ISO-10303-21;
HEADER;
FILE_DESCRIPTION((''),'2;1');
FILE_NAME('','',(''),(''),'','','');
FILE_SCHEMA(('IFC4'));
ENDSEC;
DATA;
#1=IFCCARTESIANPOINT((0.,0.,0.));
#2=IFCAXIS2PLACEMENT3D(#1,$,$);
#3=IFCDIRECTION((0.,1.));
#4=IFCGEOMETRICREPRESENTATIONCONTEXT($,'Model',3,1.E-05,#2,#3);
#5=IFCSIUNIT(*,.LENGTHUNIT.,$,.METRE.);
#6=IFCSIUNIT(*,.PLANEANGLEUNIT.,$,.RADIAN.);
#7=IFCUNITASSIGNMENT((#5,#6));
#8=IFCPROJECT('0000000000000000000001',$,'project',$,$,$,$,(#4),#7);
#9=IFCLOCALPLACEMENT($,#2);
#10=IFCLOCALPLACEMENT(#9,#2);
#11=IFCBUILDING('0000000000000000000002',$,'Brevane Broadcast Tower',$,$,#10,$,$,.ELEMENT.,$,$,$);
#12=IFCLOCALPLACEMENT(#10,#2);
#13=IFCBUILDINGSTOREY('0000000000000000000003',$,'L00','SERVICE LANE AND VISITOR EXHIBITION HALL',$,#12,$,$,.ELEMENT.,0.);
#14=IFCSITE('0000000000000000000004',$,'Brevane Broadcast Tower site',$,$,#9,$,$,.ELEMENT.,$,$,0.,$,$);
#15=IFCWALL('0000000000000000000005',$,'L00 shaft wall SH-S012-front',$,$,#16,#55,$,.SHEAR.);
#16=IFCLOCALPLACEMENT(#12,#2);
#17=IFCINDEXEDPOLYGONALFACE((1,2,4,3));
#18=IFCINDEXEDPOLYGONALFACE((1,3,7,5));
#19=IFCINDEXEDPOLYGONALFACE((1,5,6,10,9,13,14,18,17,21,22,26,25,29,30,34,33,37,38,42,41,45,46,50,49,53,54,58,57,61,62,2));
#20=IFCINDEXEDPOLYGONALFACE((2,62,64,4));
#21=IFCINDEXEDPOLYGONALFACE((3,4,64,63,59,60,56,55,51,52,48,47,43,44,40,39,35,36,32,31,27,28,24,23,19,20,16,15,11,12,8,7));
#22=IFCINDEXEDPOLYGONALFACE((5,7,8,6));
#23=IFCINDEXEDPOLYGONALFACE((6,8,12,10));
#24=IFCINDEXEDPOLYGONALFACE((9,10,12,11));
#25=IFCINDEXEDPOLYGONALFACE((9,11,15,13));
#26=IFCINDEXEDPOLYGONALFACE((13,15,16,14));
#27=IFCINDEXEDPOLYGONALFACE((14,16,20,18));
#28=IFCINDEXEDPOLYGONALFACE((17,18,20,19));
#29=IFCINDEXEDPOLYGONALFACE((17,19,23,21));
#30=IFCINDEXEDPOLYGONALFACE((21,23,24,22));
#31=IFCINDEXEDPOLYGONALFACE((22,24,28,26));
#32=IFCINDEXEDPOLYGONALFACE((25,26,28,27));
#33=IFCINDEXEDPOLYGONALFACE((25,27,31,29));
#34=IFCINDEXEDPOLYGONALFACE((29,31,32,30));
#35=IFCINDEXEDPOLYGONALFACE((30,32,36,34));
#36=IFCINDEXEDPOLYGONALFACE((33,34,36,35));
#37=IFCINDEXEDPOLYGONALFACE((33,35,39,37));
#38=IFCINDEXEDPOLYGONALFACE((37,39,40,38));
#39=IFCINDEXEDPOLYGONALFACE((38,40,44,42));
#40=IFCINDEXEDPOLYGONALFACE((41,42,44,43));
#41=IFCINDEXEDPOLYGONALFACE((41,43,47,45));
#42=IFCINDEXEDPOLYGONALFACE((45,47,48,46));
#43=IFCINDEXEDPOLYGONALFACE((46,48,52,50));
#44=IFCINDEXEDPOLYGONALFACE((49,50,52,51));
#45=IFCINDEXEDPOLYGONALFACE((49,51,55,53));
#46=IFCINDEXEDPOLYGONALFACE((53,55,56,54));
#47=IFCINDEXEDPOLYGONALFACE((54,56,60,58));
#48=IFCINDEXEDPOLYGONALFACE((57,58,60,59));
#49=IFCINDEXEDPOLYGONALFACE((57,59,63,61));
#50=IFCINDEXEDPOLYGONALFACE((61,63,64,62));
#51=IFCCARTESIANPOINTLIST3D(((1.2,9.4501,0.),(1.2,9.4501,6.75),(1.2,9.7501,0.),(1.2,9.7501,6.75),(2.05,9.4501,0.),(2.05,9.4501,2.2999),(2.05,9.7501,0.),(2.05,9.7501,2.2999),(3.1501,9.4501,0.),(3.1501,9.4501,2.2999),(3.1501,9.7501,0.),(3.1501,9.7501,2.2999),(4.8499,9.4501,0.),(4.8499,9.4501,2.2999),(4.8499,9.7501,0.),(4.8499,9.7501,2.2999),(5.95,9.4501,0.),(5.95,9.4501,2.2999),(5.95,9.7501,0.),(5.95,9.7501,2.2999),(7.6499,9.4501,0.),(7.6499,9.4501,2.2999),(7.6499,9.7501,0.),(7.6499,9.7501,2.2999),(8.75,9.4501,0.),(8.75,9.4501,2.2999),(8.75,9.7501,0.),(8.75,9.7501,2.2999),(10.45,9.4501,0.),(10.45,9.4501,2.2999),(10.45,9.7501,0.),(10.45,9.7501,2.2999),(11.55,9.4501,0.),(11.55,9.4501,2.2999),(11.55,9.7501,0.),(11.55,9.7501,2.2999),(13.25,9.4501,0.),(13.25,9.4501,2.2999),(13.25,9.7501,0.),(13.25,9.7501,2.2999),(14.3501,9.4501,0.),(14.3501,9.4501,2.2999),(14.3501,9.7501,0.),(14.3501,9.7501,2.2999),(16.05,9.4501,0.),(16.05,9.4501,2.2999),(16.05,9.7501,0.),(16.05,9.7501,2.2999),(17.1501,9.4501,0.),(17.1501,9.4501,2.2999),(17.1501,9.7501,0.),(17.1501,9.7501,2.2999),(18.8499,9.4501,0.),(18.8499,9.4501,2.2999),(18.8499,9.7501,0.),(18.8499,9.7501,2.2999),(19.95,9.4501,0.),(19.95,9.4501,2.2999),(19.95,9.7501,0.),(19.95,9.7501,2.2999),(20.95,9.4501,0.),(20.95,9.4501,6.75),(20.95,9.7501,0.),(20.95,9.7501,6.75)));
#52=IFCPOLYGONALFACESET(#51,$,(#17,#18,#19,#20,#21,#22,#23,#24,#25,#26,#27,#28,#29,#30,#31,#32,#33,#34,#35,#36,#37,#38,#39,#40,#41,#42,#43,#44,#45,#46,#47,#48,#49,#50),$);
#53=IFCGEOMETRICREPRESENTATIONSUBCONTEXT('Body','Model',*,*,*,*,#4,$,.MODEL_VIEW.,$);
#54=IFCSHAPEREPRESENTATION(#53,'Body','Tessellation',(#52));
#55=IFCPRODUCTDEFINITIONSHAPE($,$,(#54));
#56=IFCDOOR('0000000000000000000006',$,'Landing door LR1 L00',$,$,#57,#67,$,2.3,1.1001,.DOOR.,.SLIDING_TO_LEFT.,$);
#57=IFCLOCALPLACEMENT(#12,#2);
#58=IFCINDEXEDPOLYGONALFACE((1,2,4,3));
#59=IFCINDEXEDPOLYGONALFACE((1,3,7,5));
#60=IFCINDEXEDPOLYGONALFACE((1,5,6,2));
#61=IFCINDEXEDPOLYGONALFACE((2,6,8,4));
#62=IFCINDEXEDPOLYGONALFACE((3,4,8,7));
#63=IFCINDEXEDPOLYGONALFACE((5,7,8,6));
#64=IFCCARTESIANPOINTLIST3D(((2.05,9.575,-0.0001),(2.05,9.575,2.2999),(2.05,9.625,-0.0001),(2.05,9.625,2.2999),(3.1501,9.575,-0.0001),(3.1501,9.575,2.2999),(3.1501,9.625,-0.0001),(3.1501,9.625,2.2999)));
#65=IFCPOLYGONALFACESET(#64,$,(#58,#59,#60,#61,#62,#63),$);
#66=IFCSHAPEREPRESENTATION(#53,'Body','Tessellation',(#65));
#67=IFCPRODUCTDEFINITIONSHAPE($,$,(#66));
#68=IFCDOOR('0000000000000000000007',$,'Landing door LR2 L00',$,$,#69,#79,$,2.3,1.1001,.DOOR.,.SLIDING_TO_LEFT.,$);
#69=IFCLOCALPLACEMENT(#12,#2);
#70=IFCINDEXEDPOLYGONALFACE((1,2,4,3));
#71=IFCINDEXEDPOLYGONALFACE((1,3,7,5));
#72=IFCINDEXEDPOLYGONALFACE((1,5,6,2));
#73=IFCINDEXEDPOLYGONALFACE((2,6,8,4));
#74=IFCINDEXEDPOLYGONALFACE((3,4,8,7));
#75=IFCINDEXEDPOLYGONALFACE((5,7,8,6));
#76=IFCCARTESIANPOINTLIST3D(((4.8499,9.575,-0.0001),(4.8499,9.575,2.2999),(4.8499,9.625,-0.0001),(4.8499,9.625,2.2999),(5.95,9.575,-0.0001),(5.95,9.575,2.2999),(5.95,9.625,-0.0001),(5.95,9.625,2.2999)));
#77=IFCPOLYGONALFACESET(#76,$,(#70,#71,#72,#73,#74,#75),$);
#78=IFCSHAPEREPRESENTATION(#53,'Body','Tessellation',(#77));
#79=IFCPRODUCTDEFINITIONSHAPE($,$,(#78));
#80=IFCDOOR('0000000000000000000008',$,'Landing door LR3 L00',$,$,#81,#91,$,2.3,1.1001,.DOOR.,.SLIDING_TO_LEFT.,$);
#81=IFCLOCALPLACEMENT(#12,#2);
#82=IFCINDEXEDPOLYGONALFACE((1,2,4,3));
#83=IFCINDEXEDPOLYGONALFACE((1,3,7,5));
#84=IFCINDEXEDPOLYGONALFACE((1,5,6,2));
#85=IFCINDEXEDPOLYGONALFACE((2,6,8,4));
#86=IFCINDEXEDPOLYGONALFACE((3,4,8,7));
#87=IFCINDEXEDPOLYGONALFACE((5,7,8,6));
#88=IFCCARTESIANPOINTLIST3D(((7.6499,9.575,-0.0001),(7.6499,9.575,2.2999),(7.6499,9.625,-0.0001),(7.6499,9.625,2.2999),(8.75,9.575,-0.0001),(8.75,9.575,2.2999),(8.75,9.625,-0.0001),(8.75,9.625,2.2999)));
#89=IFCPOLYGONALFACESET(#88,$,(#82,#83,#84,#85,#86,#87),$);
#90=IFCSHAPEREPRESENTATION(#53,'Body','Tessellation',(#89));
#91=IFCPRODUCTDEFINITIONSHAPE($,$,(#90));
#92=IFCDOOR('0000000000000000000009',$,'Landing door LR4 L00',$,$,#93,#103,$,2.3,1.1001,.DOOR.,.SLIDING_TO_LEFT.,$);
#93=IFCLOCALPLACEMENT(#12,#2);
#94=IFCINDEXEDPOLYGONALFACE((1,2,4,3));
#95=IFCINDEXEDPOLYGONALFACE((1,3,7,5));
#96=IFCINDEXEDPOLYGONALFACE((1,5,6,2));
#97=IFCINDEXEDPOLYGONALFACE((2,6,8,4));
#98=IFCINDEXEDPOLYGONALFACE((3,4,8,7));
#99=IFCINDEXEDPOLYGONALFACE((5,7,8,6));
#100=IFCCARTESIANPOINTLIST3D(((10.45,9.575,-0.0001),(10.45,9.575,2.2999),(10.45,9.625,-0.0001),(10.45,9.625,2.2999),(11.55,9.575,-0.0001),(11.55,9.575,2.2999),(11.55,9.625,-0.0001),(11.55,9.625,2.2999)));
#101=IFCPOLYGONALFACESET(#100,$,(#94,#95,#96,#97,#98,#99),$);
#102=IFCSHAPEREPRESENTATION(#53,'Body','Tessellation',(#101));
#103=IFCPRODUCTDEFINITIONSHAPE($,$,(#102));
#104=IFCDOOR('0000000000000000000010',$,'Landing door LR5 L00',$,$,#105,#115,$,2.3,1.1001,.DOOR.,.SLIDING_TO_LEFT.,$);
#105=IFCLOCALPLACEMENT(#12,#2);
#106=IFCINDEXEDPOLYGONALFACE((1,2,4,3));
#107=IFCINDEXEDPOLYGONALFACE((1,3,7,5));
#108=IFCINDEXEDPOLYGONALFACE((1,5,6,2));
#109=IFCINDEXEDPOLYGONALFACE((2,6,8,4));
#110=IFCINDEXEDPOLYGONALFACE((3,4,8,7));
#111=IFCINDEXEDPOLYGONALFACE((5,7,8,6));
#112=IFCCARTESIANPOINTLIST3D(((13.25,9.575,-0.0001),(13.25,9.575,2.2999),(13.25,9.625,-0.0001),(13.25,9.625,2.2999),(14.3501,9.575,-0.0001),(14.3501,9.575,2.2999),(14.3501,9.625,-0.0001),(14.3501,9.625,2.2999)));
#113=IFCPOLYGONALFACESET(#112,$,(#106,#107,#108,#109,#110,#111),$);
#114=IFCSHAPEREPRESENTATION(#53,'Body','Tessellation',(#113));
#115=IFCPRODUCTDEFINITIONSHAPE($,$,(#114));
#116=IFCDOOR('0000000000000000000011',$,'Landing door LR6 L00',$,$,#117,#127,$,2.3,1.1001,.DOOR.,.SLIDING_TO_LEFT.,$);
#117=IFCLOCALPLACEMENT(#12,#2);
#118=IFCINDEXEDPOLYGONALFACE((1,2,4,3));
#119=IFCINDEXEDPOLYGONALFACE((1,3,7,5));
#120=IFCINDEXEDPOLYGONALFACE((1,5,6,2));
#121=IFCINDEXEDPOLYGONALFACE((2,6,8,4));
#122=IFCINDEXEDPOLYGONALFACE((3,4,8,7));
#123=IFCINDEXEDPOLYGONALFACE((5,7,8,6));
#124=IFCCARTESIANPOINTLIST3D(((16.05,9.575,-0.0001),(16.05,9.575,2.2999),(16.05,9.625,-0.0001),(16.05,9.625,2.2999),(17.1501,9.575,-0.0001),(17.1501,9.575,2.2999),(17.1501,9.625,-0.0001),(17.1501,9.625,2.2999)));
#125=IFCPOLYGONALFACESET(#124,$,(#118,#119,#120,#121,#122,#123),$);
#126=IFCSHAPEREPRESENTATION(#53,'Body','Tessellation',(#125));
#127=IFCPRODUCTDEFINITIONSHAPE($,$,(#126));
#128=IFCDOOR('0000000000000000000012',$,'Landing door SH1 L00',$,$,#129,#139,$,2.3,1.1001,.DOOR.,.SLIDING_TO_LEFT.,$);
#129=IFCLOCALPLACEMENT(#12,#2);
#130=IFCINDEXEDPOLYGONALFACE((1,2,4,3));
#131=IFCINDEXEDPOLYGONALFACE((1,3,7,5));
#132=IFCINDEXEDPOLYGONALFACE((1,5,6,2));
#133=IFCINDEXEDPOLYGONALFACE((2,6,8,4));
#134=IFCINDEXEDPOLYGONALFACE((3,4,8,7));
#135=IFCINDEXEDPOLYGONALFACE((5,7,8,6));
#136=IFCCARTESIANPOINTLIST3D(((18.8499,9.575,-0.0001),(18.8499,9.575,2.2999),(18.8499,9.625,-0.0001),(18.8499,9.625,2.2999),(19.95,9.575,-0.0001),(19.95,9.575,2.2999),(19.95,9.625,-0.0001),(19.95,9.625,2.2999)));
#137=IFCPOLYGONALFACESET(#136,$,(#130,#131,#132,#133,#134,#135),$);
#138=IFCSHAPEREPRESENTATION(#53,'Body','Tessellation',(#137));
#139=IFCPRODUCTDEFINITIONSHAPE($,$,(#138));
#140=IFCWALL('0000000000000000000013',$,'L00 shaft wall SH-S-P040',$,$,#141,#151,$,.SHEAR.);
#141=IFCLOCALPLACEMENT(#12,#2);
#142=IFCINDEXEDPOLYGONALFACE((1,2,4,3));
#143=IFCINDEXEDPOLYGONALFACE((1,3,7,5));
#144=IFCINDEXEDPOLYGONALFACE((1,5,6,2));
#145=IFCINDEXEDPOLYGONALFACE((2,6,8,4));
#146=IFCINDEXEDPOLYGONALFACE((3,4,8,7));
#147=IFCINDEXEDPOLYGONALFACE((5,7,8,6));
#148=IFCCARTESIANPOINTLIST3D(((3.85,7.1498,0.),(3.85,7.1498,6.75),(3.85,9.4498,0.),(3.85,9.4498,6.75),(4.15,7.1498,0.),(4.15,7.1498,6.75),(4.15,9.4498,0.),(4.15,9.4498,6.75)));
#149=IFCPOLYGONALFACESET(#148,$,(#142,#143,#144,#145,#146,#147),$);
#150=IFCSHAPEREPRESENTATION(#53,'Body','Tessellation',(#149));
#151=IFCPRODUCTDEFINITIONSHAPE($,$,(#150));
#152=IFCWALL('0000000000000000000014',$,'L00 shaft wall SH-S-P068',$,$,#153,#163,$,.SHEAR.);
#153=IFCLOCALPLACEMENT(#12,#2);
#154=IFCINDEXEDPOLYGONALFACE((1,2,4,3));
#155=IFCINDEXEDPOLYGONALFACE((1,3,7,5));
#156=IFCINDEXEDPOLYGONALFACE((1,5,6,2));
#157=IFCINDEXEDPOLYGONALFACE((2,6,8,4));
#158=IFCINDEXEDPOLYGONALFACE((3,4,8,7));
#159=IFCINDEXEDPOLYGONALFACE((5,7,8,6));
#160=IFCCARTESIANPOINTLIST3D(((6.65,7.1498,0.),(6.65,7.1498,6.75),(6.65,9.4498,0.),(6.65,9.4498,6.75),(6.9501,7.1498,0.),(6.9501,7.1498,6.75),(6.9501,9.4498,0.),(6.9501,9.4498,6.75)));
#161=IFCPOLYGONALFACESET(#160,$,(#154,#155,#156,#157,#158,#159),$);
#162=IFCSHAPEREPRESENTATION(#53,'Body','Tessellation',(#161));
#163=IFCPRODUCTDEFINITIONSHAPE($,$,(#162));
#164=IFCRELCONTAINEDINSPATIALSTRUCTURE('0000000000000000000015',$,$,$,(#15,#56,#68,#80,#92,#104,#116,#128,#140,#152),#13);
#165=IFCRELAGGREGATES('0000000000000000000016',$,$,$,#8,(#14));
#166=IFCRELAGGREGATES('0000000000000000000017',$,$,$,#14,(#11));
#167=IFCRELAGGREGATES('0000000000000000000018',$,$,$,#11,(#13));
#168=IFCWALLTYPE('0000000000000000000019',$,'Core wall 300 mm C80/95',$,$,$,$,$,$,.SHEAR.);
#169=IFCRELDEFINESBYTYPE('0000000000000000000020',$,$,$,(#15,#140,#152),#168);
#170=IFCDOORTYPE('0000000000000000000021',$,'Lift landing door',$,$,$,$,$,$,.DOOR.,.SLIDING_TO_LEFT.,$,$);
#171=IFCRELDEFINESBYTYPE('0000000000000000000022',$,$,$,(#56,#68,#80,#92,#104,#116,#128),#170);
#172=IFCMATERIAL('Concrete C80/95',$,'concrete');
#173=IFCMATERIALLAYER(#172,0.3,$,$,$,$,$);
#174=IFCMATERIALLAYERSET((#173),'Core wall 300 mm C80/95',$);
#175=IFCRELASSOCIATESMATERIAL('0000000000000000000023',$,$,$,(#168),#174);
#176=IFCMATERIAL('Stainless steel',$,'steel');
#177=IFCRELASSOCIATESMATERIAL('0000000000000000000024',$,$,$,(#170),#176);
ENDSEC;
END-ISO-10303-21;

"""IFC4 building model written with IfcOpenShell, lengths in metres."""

from ifc_helpers import new_model, si_unit, direction, frame, frame_2d, origin, place, context, subcontext, project, spatial, rectangle, extrude, material, layer, layer_set, type_object, element, fill, save


model = new_model("IFC4")

# Units and contexts
model_context = context("Model", 3, precision=1e-05, world=origin(), true_north=direction((0.0, 1.0)))
body_context = subcontext(model_context, "Body", "Model", "MODEL_VIEW")
ifc_project = project(units=[si_unit("LENGTHUNIT", "METRE"), si_unit("PLANEANGLEUNIT", "RADIAN")], contexts=[model_context])

# Site, building, storey
site_placement = place(None, origin())
site = spatial("IfcSite", under=ifc_project, at=site_placement, Name="Brevane Broadcast Tower site", CompositionType="ELEMENT", RefElevation=0.0)
building_placement = place(site_placement, origin())
building = spatial("IfcBuilding", under=site, at=building_placement, Name="Brevane Broadcast Tower", CompositionType="ELEMENT")
storey_placement = place(building_placement, origin())
storey = spatial("IfcBuildingStorey", under=building, at=storey_placement, Name="L00", Description="SERVICE LANE AND VISITOR EXHIBITION HALL", CompositionType="ELEMENT", Elevation=0.0)

# Wall, openings, doors
ifc_material_1 = material(Name="Concrete C80/95", Category="concrete")
ifc_layer_1 = layer(ifc_material_1, 0.3)
ifc_layer_set_1 = layer_set([ifc_layer_1], Name="Core wall 300 mm C80/95")
wall_type_1 = type_object("IfcWallType", Name="Core wall 300 mm C80/95", PredefinedType="SHEAR", material=ifc_layer_set_1)
wall_1_placement = place(storey_placement, frame((1.2, 9.6001, 0.0), z_axis=(0.0, 0.0, 1.0), x_axis=(1.0, 0.0, 0.0)))
wall_1 = element("IfcWall", 1, at=wall_1_placement, inside=storey, type_object=wall_type_1, Name="L00 shaft wall SH-S012-front", PredefinedType="SHEAR", context=body_context, shape_type="SweptSolid", body=[
    extrude(rectangle(XDim=19.75, YDim=0.3, at=frame_2d((9.875, 0.0))), origin(), (0.0, 0.0, 1.0), 6.75),
])
opening_1_placement = place(wall_1_placement, frame((0.8501, 0.0, 0.0)))
opening_1 = element("IfcOpeningElement", 2, at=opening_1_placement, cuts=wall_1, PredefinedType="OPENING", context=body_context, shape_type="SweptSolid", body=[
    extrude(rectangle(XDim=1.1001, YDim=2.3, at=frame_2d((0.55, 1.1499))), frame((0.0, 0.1599, 0.0), z_axis=(0.0, -1.0, 0.0), x_axis=(1.0, 0.0, 0.0)), (0.0, 0.0, 1.0), 0.3201),
])
opening_2_placement = place(wall_1_placement, frame((3.6499, 0.0, 0.0)))
opening_2 = element("IfcOpeningElement", 3, at=opening_2_placement, cuts=wall_1, PredefinedType="OPENING", context=body_context, shape_type="SweptSolid", body=[
    extrude(rectangle(XDim=1.1001, YDim=2.3, at=frame_2d((0.55, 1.1499))), frame((0.0, 0.1599, 0.0), z_axis=(0.0, -1.0, 0.0), x_axis=(1.0, 0.0, 0.0)), (0.0, 0.0, 1.0), 0.3201),
])
opening_3_placement = place(wall_1_placement, frame((6.45, 0.0, 0.0)))
opening_3 = element("IfcOpeningElement", 4, at=opening_3_placement, cuts=wall_1, PredefinedType="OPENING", context=body_context, shape_type="SweptSolid", body=[
    extrude(rectangle(XDim=1.1001, YDim=2.3, at=frame_2d((0.55, 1.1499))), frame((0.0, 0.1599, 0.0), z_axis=(0.0, -1.0, 0.0), x_axis=(1.0, 0.0, 0.0)), (0.0, 0.0, 1.0), 0.3201),
])
opening_4_placement = place(wall_1_placement, frame((9.25, 0.0, 0.0)))
opening_4 = element("IfcOpeningElement", 5, at=opening_4_placement, cuts=wall_1, PredefinedType="OPENING", context=body_context, shape_type="SweptSolid", body=[
    extrude(rectangle(XDim=1.1001, YDim=2.3, at=frame_2d((0.55, 1.1499))), frame((0.0, 0.1599, 0.0), z_axis=(0.0, -1.0, 0.0), x_axis=(1.0, 0.0, 0.0)), (0.0, 0.0, 1.0), 0.3201),
])
opening_5_placement = place(wall_1_placement, frame((12.05, 0.0, 0.0)))
opening_5 = element("IfcOpeningElement", 6, at=opening_5_placement, cuts=wall_1, PredefinedType="OPENING", context=body_context, shape_type="SweptSolid", body=[
    extrude(rectangle(XDim=1.1001, YDim=2.3, at=frame_2d((0.55, 1.1499))), frame((0.0, 0.1599, 0.0), z_axis=(0.0, -1.0, 0.0), x_axis=(1.0, 0.0, 0.0)), (0.0, 0.0, 1.0), 0.3201),
])
opening_6_placement = place(wall_1_placement, frame((14.8501, 0.0, 0.0)))
opening_6 = element("IfcOpeningElement", 7, at=opening_6_placement, cuts=wall_1, PredefinedType="OPENING", context=body_context, shape_type="SweptSolid", body=[
    extrude(rectangle(XDim=1.1001, YDim=2.3, at=frame_2d((0.55, 1.1499))), frame((0.0, 0.1599, 0.0), z_axis=(0.0, -1.0, 0.0), x_axis=(1.0, 0.0, 0.0)), (0.0, 0.0, 1.0), 0.3201),
])
opening_7_placement = place(wall_1_placement, frame((17.6499, 0.0, 0.0)))
opening_7 = element("IfcOpeningElement", 8, at=opening_7_placement, cuts=wall_1, PredefinedType="OPENING", context=body_context, shape_type="SweptSolid", body=[
    extrude(rectangle(XDim=1.1001, YDim=2.3, at=frame_2d((0.55, 1.1499))), frame((0.0, 0.1599, 0.0), z_axis=(0.0, -1.0, 0.0), x_axis=(1.0, 0.0, 0.0)), (0.0, 0.0, 1.0), 0.3201),
])
ifc_material_2 = material(Name="Stainless steel", Category="steel")
door_type_1 = type_object("IfcDoorType", Name="Lift landing door", OperationType="SLIDING_TO_LEFT", PredefinedType="DOOR", material=ifc_material_2)
door_1_placement = place(opening_1_placement, origin())
door_1 = element("IfcDoor", 9, at=door_1_placement, inside=storey, type_object=door_type_1, Name="Landing door LR1 L00", OperationType="SLIDING_TO_LEFT", OverallHeight=2.3, OverallWidth=1.1001, PredefinedType="DOOR", context=body_context, shape_type="SweptSolid", body=[
    extrude(rectangle(XDim=1.1001, YDim=2.3, at=frame_2d((0.55, 1.1499))), frame((0.0, 0.0249, 0.0), z_axis=(0.0, -1.0, 0.0), x_axis=(1.0, 0.0, 0.0)), (0.0, 0.0, 1.0), 0.05),
])
fill(opening_1, door_1)
door_2_placement = place(opening_2_placement, origin())
door_2 = element("IfcDoor", 10, at=door_2_placement, inside=storey, type_object=door_type_1, Name="Landing door LR2 L00", OperationType="SLIDING_TO_LEFT", OverallHeight=2.3, OverallWidth=1.1001, PredefinedType="DOOR", context=body_context, shape_type="SweptSolid", body=[
    extrude(rectangle(XDim=1.1001, YDim=2.3, at=frame_2d((0.55, 1.1499))), frame((0.0, 0.0249, 0.0), z_axis=(0.0, -1.0, 0.0), x_axis=(1.0, 0.0, 0.0)), (0.0, 0.0, 1.0), 0.05),
])
fill(opening_2, door_2)
door_3_placement = place(opening_3_placement, origin())
door_3 = element("IfcDoor", 11, at=door_3_placement, inside=storey, type_object=door_type_1, Name="Landing door LR3 L00", OperationType="SLIDING_TO_LEFT", OverallHeight=2.3, OverallWidth=1.1001, PredefinedType="DOOR", context=body_context, shape_type="SweptSolid", body=[
    extrude(rectangle(XDim=1.1001, YDim=2.3, at=frame_2d((0.55, 1.1499))), frame((0.0, 0.0249, 0.0), z_axis=(0.0, -1.0, 0.0), x_axis=(1.0, 0.0, 0.0)), (0.0, 0.0, 1.0), 0.05),
])
fill(opening_3, door_3)
door_4_placement = place(opening_4_placement, origin())
door_4 = element("IfcDoor", 12, at=door_4_placement, inside=storey, type_object=door_type_1, Name="Landing door LR4 L00", OperationType="SLIDING_TO_LEFT", OverallHeight=2.3, OverallWidth=1.1001, PredefinedType="DOOR", context=body_context, shape_type="SweptSolid", body=[
    extrude(rectangle(XDim=1.1001, YDim=2.3, at=frame_2d((0.55, 1.1499))), frame((0.0, 0.0249, 0.0), z_axis=(0.0, -1.0, 0.0), x_axis=(1.0, 0.0, 0.0)), (0.0, 0.0, 1.0), 0.05),
])
fill(opening_4, door_4)
door_5_placement = place(opening_5_placement, origin())
door_5 = element("IfcDoor", 13, at=door_5_placement, inside=storey, type_object=door_type_1, Name="Landing door LR5 L00", OperationType="SLIDING_TO_LEFT", OverallHeight=2.3, OverallWidth=1.1001, PredefinedType="DOOR", context=body_context, shape_type="SweptSolid", body=[
    extrude(rectangle(XDim=1.1001, YDim=2.3, at=frame_2d((0.55, 1.1499))), frame((0.0, 0.0249, 0.0), z_axis=(0.0, -1.0, 0.0), x_axis=(1.0, 0.0, 0.0)), (0.0, 0.0, 1.0), 0.05),
])
fill(opening_5, door_5)
door_6_placement = place(opening_6_placement, origin())
door_6 = element("IfcDoor", 14, at=door_6_placement, inside=storey, type_object=door_type_1, Name="Landing door LR6 L00", OperationType="SLIDING_TO_LEFT", OverallHeight=2.3, OverallWidth=1.1001, PredefinedType="DOOR", context=body_context, shape_type="SweptSolid", body=[
    extrude(rectangle(XDim=1.1001, YDim=2.3, at=frame_2d((0.55, 1.1499))), frame((0.0, 0.0249, 0.0), z_axis=(0.0, -1.0, 0.0), x_axis=(1.0, 0.0, 0.0)), (0.0, 0.0, 1.0), 0.05),
])
fill(opening_6, door_6)
door_7_placement = place(opening_7_placement, origin())
door_7 = element("IfcDoor", 15, at=door_7_placement, inside=storey, type_object=door_type_1, Name="Landing door SH1 L00", OperationType="SLIDING_TO_LEFT", OverallHeight=2.3, OverallWidth=1.1001, PredefinedType="DOOR", context=body_context, shape_type="SweptSolid", body=[
    extrude(rectangle(XDim=1.1001, YDim=2.3, at=frame_2d((0.55, 1.1499))), frame((0.0, 0.0249, 0.0), z_axis=(0.0, -1.0, 0.0), x_axis=(1.0, 0.0, 0.0)), (0.0, 0.0, 1.0), 0.05),
])
fill(opening_7, door_7)

# Walls
for number, where, z_axis, x_axis, name in (
    (16, (4.0, 7.1499, 0.0), (0.0, 0.0, 1.0), (0.0, 1.0, 0.0), "L00 shaft wall SH-S-P040"),
    (17, (6.8, 7.1499, 0.0), (0.0, 0.0, 1.0), (0.0, 1.0, 0.0), "L00 shaft wall SH-S-P068"),
):
    element("IfcWall", number, at=place(storey_placement, frame(where, z_axis=z_axis, x_axis=x_axis)), inside=storey, type_object=wall_type_1, Name=name, PredefinedType="SHEAR", context=body_context, shape_type="SweptSolid", body=[
        extrude(rectangle(XDim=2.3, YDim=0.3, at=frame_2d((1.1499, 0.0))), origin(), (0.0, 0.0, 1.0), 6.75),
    ])

save(model, "model.ifc")
